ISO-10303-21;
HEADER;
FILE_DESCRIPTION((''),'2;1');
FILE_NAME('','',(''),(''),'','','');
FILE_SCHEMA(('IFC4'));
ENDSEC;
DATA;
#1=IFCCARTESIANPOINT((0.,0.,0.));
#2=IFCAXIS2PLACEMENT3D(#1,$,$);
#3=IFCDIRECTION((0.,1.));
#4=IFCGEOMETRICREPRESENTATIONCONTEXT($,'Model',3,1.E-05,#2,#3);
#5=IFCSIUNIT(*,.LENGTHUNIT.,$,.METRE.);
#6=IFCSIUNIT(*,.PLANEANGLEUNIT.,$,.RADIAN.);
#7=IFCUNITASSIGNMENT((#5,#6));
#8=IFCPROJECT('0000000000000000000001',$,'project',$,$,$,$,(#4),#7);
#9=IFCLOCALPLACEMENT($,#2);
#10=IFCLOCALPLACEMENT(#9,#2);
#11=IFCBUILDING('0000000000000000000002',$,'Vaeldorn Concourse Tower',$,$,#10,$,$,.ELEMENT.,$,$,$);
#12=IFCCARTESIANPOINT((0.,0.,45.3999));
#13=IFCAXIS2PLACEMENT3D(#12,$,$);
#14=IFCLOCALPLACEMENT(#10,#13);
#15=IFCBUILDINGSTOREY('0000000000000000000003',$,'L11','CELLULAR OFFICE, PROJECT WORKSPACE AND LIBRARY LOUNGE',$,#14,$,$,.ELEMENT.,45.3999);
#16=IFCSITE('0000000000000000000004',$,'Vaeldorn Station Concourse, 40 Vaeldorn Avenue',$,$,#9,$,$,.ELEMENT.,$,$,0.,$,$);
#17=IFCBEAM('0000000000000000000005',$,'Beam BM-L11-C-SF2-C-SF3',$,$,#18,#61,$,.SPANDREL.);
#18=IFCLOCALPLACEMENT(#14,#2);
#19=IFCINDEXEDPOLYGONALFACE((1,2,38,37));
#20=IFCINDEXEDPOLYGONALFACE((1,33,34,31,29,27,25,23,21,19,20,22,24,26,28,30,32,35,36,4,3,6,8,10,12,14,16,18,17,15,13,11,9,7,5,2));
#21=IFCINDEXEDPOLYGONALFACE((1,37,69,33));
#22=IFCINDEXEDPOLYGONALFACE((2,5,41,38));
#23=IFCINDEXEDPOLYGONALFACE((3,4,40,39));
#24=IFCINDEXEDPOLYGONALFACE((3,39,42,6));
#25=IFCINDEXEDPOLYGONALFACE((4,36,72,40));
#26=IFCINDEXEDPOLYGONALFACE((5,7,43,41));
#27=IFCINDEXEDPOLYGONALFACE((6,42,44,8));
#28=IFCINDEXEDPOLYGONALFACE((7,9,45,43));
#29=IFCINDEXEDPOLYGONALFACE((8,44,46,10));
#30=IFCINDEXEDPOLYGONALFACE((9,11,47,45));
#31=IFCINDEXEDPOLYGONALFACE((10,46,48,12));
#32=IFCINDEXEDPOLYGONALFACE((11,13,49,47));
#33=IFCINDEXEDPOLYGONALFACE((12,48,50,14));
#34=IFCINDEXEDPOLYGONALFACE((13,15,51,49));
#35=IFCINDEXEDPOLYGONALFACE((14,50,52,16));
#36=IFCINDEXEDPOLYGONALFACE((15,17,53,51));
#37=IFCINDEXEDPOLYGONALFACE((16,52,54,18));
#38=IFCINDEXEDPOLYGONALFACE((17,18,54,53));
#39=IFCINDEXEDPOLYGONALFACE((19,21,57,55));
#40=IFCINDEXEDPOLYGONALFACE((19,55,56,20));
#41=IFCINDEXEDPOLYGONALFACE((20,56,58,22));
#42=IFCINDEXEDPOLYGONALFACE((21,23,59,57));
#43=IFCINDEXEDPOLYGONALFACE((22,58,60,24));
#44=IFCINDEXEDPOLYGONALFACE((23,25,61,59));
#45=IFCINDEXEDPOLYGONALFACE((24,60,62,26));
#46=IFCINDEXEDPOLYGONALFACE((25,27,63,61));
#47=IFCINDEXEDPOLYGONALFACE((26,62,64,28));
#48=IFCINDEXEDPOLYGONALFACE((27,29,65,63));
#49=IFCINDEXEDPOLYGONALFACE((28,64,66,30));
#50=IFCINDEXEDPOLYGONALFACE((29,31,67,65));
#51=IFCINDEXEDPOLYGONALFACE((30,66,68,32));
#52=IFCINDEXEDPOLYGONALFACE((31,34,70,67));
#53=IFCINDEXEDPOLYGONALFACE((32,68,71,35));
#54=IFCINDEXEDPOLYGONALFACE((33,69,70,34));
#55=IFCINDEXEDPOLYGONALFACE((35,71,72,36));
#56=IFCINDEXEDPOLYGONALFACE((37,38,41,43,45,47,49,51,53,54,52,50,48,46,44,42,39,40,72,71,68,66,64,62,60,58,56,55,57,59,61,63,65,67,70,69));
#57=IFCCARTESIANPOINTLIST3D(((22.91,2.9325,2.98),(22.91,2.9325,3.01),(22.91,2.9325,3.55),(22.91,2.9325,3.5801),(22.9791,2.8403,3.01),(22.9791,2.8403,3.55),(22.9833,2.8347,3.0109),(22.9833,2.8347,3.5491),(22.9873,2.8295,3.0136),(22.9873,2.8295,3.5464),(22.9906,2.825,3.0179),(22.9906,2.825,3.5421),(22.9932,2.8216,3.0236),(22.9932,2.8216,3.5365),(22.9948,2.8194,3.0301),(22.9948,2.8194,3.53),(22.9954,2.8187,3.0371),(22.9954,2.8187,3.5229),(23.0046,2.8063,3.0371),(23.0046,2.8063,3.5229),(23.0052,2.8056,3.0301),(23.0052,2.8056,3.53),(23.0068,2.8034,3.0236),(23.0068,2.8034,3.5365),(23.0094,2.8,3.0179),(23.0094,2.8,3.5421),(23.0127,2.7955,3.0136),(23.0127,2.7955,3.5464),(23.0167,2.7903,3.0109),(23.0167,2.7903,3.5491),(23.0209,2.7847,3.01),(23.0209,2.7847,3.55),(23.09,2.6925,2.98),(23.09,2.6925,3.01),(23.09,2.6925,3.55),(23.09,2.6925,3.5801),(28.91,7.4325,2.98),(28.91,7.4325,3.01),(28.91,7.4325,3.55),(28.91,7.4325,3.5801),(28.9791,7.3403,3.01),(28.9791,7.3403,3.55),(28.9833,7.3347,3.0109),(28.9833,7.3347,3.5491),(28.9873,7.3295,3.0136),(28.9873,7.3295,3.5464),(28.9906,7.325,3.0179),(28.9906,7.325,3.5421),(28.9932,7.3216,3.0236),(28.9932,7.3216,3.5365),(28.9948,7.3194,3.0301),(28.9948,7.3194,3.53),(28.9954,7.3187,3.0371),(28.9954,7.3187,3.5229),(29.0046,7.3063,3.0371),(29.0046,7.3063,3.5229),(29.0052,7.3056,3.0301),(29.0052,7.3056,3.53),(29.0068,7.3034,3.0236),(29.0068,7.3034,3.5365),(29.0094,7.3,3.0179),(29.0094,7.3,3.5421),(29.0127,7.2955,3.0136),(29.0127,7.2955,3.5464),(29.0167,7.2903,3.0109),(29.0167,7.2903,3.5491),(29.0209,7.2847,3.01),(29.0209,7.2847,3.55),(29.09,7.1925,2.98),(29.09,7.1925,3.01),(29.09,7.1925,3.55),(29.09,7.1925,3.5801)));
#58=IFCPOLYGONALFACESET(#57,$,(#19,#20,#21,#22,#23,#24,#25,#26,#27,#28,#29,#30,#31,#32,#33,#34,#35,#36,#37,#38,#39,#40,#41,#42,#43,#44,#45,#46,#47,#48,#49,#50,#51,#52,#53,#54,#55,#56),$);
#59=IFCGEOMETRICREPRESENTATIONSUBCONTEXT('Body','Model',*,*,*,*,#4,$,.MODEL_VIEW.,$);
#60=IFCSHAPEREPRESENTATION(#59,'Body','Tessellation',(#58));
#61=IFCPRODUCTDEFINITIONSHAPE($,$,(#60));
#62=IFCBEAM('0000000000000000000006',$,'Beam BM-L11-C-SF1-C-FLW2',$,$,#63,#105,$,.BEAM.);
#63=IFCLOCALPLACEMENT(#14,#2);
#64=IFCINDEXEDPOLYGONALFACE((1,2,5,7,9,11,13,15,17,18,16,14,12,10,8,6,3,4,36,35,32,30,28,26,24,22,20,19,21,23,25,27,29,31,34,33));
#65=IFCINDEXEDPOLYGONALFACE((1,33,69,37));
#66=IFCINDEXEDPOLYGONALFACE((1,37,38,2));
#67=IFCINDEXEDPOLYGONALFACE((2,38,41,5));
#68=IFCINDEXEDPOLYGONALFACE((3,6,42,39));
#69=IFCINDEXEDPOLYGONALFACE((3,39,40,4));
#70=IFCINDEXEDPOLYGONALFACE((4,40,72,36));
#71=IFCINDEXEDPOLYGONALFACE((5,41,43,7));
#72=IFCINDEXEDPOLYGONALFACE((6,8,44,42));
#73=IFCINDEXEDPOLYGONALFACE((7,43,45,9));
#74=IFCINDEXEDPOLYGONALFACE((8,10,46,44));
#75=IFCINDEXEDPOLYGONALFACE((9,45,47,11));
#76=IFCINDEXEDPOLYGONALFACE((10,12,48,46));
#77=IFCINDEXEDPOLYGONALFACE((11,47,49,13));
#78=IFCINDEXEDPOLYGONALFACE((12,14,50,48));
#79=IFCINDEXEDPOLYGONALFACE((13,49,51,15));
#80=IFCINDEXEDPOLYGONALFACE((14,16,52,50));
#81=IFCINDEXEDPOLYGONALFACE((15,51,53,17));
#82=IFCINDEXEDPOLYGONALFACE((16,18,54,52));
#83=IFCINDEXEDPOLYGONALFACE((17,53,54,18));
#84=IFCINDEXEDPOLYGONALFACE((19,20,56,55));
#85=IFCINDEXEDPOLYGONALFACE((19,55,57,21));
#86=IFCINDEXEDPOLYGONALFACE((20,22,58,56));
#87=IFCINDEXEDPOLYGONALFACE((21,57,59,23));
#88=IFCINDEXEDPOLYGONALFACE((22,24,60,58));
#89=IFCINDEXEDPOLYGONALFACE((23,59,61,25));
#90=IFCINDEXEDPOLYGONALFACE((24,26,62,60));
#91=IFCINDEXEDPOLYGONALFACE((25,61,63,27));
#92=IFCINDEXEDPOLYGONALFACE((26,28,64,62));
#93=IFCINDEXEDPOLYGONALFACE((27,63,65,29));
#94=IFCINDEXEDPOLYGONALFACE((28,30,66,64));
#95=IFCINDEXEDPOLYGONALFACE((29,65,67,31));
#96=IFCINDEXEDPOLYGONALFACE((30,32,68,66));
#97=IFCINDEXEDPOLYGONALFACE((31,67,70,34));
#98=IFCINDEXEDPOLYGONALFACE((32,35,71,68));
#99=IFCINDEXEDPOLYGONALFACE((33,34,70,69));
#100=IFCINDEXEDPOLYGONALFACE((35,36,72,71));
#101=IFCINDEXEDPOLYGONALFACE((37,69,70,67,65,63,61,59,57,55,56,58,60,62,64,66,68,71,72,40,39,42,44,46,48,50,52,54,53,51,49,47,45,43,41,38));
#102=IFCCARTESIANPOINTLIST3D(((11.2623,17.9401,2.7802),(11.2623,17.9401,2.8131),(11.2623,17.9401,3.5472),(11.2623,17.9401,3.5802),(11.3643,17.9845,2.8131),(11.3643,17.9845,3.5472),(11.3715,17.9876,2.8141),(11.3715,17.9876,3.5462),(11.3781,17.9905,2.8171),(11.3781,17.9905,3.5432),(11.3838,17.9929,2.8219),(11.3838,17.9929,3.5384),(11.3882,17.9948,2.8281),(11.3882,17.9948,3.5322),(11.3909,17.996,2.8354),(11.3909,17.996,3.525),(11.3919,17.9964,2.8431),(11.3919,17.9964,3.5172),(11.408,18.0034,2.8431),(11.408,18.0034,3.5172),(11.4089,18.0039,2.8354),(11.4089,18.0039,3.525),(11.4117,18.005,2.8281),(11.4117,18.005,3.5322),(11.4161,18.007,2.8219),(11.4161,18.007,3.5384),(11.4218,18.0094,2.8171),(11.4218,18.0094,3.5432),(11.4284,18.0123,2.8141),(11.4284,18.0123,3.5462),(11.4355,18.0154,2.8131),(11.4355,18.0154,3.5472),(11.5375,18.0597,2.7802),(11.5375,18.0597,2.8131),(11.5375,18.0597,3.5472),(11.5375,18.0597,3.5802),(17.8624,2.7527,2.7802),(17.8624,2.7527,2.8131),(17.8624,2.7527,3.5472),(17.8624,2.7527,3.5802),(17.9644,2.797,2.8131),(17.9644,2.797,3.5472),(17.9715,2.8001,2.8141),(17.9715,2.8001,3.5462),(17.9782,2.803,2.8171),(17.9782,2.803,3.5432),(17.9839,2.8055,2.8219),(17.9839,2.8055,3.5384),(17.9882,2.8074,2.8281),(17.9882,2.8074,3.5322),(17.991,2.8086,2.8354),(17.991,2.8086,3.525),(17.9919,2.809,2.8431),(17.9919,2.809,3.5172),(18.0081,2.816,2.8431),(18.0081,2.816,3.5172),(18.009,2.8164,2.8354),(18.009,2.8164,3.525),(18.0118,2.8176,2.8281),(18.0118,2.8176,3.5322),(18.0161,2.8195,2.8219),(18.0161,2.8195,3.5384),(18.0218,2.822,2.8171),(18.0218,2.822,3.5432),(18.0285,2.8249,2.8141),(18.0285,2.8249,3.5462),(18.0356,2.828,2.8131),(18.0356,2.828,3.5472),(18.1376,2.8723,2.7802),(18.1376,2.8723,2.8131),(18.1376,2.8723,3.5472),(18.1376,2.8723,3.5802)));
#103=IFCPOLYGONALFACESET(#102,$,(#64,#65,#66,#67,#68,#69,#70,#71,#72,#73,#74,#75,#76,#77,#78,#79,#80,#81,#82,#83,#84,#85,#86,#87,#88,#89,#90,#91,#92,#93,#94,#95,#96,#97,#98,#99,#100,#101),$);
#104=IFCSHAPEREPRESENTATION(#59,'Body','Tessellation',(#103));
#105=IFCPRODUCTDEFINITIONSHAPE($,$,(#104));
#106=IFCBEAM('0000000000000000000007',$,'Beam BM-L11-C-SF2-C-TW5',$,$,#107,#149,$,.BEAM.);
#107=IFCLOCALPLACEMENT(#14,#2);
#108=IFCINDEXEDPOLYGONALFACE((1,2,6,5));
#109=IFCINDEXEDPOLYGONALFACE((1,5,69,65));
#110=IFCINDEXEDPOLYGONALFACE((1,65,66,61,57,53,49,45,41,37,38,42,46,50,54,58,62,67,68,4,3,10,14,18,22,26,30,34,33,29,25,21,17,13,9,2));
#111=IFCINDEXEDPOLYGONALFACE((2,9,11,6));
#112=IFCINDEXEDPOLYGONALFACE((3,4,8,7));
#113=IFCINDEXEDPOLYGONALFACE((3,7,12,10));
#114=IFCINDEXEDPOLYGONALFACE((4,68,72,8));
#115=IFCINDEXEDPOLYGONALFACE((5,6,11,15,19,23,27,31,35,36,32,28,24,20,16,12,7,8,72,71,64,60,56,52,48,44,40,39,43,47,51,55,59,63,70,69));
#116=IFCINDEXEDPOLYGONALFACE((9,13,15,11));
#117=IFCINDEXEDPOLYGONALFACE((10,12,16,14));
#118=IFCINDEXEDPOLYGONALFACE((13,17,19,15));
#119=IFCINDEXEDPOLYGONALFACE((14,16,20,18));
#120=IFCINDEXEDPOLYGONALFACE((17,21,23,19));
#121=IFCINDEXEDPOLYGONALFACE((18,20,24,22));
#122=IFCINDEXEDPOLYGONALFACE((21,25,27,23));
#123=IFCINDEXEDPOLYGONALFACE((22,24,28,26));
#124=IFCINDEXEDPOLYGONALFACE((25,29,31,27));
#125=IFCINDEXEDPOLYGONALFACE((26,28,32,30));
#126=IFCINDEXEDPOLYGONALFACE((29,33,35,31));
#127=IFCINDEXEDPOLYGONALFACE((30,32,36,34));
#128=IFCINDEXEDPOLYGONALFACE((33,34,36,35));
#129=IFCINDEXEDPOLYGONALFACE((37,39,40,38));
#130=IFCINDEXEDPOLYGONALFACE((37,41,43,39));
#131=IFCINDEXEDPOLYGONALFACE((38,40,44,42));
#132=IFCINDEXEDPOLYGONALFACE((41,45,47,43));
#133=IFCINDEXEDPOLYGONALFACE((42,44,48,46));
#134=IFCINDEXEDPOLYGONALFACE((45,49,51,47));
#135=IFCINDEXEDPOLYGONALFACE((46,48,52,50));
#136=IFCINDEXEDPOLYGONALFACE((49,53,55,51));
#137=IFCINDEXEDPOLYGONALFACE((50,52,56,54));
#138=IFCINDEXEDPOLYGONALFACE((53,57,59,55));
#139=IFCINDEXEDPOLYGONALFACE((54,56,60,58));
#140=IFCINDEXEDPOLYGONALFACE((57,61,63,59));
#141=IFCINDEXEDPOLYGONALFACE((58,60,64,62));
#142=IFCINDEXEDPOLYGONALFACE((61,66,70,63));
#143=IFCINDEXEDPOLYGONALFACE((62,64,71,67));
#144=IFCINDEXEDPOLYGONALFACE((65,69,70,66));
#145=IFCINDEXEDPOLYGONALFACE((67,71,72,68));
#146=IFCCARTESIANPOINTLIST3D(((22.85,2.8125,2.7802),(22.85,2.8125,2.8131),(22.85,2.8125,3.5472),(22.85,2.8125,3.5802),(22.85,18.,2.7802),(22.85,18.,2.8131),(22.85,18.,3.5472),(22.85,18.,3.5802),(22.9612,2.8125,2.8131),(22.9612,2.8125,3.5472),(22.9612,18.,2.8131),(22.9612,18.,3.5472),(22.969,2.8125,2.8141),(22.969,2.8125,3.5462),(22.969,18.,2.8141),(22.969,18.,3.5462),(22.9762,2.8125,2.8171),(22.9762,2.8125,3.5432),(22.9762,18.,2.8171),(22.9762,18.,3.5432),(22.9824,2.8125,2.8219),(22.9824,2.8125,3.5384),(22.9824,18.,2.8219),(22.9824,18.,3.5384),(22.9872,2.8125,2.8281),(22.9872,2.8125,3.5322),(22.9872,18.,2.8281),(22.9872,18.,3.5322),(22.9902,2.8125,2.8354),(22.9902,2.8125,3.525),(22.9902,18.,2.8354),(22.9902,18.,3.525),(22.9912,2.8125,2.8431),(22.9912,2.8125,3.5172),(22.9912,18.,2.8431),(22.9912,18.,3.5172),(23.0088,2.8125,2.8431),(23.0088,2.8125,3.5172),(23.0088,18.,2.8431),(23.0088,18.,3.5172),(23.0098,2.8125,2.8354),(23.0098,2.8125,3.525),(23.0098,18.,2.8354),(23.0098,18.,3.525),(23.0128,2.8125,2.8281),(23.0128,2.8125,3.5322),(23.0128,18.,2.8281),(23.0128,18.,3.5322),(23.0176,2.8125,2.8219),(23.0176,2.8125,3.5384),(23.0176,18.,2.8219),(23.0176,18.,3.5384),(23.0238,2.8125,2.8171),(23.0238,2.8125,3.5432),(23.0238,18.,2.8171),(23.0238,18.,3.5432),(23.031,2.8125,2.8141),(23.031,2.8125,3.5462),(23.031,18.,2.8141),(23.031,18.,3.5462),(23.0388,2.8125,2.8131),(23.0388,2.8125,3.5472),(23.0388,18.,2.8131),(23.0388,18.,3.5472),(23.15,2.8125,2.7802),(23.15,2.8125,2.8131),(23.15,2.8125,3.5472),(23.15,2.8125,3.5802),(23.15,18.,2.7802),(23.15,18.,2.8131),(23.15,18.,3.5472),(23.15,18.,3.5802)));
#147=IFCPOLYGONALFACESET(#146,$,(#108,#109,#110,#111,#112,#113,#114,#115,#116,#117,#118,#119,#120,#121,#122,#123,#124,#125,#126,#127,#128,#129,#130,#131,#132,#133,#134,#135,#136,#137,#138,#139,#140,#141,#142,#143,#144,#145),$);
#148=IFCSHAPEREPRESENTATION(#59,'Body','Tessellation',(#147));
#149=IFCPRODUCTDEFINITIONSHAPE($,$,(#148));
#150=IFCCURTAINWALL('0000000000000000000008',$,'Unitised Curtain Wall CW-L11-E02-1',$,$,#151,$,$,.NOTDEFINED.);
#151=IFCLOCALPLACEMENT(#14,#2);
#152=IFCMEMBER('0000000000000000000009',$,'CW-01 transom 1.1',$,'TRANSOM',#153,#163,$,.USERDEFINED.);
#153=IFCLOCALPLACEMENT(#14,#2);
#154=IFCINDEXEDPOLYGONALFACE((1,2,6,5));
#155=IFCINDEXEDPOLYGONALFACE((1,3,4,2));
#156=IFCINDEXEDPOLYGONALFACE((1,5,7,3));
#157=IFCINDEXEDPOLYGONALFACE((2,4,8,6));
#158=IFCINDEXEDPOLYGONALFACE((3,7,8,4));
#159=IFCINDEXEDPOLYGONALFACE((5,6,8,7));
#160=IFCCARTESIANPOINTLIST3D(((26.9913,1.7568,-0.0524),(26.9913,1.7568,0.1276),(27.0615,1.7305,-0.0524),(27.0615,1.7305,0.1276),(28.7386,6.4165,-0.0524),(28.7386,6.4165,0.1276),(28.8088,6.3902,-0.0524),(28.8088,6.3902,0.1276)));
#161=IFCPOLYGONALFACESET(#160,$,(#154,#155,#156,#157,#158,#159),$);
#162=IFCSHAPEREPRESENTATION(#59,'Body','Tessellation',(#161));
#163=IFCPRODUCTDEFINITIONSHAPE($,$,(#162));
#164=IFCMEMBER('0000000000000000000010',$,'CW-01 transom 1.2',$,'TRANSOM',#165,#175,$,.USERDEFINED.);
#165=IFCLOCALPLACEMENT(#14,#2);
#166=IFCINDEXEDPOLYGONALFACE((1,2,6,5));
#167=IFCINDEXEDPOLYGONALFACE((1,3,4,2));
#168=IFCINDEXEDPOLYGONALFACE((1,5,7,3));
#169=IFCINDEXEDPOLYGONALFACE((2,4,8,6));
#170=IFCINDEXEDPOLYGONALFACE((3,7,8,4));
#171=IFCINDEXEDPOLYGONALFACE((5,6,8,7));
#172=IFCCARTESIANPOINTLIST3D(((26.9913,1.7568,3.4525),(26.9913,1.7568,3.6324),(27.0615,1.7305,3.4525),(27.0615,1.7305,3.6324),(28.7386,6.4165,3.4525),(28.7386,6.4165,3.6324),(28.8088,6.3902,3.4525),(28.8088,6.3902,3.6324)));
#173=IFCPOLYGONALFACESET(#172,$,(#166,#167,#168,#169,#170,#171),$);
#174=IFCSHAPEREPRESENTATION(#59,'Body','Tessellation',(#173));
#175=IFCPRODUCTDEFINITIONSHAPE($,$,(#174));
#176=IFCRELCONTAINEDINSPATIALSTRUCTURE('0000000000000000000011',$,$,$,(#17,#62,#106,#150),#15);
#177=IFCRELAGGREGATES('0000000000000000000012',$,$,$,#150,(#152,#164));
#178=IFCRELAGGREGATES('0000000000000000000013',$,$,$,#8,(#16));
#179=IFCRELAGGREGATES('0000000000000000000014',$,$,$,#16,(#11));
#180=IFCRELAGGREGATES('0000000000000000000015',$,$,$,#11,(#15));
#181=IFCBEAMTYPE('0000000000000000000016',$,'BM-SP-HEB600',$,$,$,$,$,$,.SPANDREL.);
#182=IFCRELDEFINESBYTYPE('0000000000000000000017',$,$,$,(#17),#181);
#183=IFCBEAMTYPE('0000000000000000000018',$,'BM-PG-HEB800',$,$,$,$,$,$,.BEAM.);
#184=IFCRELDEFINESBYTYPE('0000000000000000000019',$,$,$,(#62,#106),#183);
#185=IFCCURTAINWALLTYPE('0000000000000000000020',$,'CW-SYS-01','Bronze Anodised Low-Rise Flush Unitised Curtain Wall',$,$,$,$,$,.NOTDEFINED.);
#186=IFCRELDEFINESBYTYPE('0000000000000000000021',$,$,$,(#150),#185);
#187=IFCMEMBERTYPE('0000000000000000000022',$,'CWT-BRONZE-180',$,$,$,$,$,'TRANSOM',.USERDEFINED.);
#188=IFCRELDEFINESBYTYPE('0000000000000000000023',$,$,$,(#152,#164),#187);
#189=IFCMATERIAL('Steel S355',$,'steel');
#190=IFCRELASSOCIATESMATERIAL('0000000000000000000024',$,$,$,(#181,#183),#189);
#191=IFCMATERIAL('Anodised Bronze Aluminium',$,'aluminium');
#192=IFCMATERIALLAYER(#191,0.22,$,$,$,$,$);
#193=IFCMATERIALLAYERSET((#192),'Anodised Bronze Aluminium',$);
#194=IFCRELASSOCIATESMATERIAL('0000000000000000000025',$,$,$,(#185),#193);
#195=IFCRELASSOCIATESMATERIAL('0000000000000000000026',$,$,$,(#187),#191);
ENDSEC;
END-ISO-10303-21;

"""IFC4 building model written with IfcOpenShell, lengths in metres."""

from ifc_helpers import new_model, si_unit, direction, frame, origin, origin_2d, place, context, subcontext, project, spatial, rectangle, i_section, extrude, source, transform, mapped, material, layer, layer_set, material_profile, profile_set, type_object, element, aggregate, save


model = new_model("IFC4")

# Units and contexts
model_context = context("Model", 3, precision=1e-05, world=origin(), true_north=direction((0.0, 1.0)))
body_context = subcontext(model_context, "Body", "Model", "MODEL_VIEW")
ifc_project = project(units=[si_unit("LENGTHUNIT", "METRE"), si_unit("PLANEANGLEUNIT", "RADIAN")], contexts=[model_context])

# Site, building, storey
site_placement = place(None, origin())
site = spatial("IfcSite", under=ifc_project, at=site_placement, Name="Vaeldorn Station Concourse, 40 Vaeldorn Avenue", CompositionType="ELEMENT", RefElevation=0.0)
building_placement = place(site_placement, origin())
building = spatial("IfcBuilding", under=site, at=building_placement, Name="Vaeldorn Concourse Tower", CompositionType="ELEMENT")
storey_placement = place(building_placement, frame((0.0, 0.0, 45.3999)))
storey = spatial("IfcBuildingStorey", under=building, at=storey_placement, Name="L11", Description="CELLULAR OFFICE, PROJECT WORKSPACE AND LIBRARY LOUNGE", CompositionType="ELEMENT", Elevation=45.3999)

# Beams
ifc_material_1 = material(Name="Steel S355", Category="steel")
ifc_material_profile_1 = material_profile(ifc_material_1, i_section(OverallWidth=0.3, OverallDepth=0.6001, WebThickness=0.0154, FlangeThickness=0.03, FilletRadius=0.0271, at=origin_2d()), Name="HEB 600")
ifc_profile_set_1 = profile_set([ifc_material_profile_1], Name="Steel S355")
beam_type_1 = type_object("IfcBeamType", Name="BM-SP-HEB600", PredefinedType="SPANDREL", material=ifc_profile_set_1)
shared_shape_1 = source(origin(), body_context, "Body", "SweptSolid", [
    extrude(i_section(OverallWidth=0.3, OverallDepth=0.6001, WebThickness=0.0154, FlangeThickness=0.03, FilletRadius=0.0271, at=origin_2d()), origin(), (0.0, 0.0, 1.0), 7.5),
])
beam_1_placement = place(storey_placement, frame((23.0, 2.8125, 3.28), z_axis=(0.8, 0.6, 0.0), x_axis=(-0.6, 0.8, 0.0)))
element("IfcBeam", 1, at=beam_1_placement, inside=storey, type_object=beam_type_1, Name="Beam BM-L11-C-SF2-C-SF3", PredefinedType="SPANDREL", context=body_context, shape_type="MappedRepresentation", body=[
    mapped(shared_shape_1, transform((0.0, 0.0, 0.0), scale=1.0)),
])
ifc_material_profile_2 = material_profile(ifc_material_1, i_section(OverallWidth=0.3, OverallDepth=0.8, WebThickness=0.0176, FlangeThickness=0.033, FilletRadius=0.03, at=origin_2d()), Name="HEB 800")
ifc_profile_set_2 = profile_set([ifc_material_profile_2], Name="Steel S355")
beam_type_2 = type_object("IfcBeamType", Name="BM-PG-HEB800", PredefinedType="BEAM", material=ifc_profile_set_2)
shared_shape_2 = source(origin(), body_context, "Body", "SweptSolid", [
    extrude(i_section(OverallWidth=0.3, OverallDepth=0.8, WebThickness=0.0176, FlangeThickness=0.033, FilletRadius=0.03, at=origin_2d()), origin(), (0.0, 0.0, 1.0), 16.5596),
])
beam_2_placement = place(storey_placement, frame((18.0, 2.8125, 3.1802), z_axis=(-0.398565, 0.91714, 0.0), x_axis=(-0.91714, -0.398565, 0.0)))
element("IfcBeam", 2, at=beam_2_placement, inside=storey, type_object=beam_type_2, Name="Beam BM-L11-C-SF1-C-FLW2", PredefinedType="BEAM", context=body_context, shape_type="MappedRepresentation", body=[
    mapped(shared_shape_2, transform((0.0, 0.0, 0.0), scale=1.0)),
])
shared_shape_3 = source(origin(), body_context, "Body", "SweptSolid", [
    extrude(i_section(OverallWidth=0.3, OverallDepth=0.8, WebThickness=0.0176, FlangeThickness=0.033, FilletRadius=0.03, at=origin_2d()), origin(), (0.0, 0.0, 1.0), 15.1875),
])
beam_3_placement = place(storey_placement, frame((23.0, 2.8125, 3.1802), z_axis=(0.0, 1.0, 0.0), x_axis=(-1.0, 0.0, 0.0)))
element("IfcBeam", 3, at=beam_3_placement, inside=storey, type_object=beam_type_2, Name="Beam BM-L11-C-SF2-C-TW5", PredefinedType="BEAM", context=body_context, shape_type="MappedRepresentation", body=[
    mapped(shared_shape_3, transform((0.0, 0.0, 0.0), scale=1.0)),
])

# Curtain wall, members
ifc_material_2 = material(Name="Anodised Bronze Aluminium", Category="aluminium")
ifc_layer_1 = layer(ifc_material_2, 0.22)
ifc_layer_set_1 = layer_set([ifc_layer_1], Name="Anodised Bronze Aluminium")
curtain_wall_type = type_object("IfcCurtainWallType", Name="CW-SYS-01", Description="Bronze Anodised Low-Rise Flush Unitised Curtain Wall", PredefinedType="NOTDEFINED", material=ifc_layer_set_1)
curtain_wall_1_placement = place(storey_placement, origin())
curtain_wall_1 = element("IfcCurtainWall", 4, at=curtain_wall_1_placement, inside=storey, type_object=curtain_wall_type, Name="Unitised Curtain Wall CW-L11-E02-1", PredefinedType="NOTDEFINED")
ifc_material_profile_3 = material_profile(ifc_material_2, rectangle(XDim=0.075, YDim=0.1799, at=origin_2d()), Name="CWT 75x180")
ifc_profile_set_3 = profile_set([ifc_material_profile_3], Name="Anodised Bronze Aluminium")
member_type_1 = type_object("IfcMemberType", Name="CWT-BRONZE-180", ElementType="TRANSOM", PredefinedType="USERDEFINED", material=ifc_profile_set_3)
shared_shape_4 = source(origin(), body_context, "Body", "SweptSolid", [
    extrude(rectangle(XDim=0.075, YDim=0.1799, at=origin_2d()), origin(), (0.0, 0.0, 1.0), 4.9766),
])
member_1_placement = place(storey_placement, frame((27.0264, 1.7437, 0.0376), z_axis=(0.351113, 0.936333, 0.0), x_axis=(-0.936333, 0.351113, 0.0)))
member_1 = element("IfcMember", 5, at=member_1_placement, type_object=member_type_1, Name="CW-01 transom 1.1", ObjectType="TRANSOM", PredefinedType="USERDEFINED", context=body_context, shape_type="MappedRepresentation", body=[
    mapped(shared_shape_4, transform((0.0, 0.0, 0.0), scale=1.0)),
])
member_2_placement = place(storey_placement, frame((27.0264, 1.7437, 3.5425), z_axis=(0.351113, 0.936333, 0.0), x_axis=(-0.936333, 0.351113, 0.0)))
member_2 = element("IfcMember", 6, at=member_2_placement, type_object=member_type_1, Name="CW-01 transom 1.2", ObjectType="TRANSOM", PredefinedType="USERDEFINED", context=body_context, shape_type="MappedRepresentation", body=[
    mapped(shared_shape_4, transform((0.0, 0.0, 0.0), scale=1.0)),
])

aggregate(curtain_wall_1, [member_1, member_2])

save(model, "model.ifc")
